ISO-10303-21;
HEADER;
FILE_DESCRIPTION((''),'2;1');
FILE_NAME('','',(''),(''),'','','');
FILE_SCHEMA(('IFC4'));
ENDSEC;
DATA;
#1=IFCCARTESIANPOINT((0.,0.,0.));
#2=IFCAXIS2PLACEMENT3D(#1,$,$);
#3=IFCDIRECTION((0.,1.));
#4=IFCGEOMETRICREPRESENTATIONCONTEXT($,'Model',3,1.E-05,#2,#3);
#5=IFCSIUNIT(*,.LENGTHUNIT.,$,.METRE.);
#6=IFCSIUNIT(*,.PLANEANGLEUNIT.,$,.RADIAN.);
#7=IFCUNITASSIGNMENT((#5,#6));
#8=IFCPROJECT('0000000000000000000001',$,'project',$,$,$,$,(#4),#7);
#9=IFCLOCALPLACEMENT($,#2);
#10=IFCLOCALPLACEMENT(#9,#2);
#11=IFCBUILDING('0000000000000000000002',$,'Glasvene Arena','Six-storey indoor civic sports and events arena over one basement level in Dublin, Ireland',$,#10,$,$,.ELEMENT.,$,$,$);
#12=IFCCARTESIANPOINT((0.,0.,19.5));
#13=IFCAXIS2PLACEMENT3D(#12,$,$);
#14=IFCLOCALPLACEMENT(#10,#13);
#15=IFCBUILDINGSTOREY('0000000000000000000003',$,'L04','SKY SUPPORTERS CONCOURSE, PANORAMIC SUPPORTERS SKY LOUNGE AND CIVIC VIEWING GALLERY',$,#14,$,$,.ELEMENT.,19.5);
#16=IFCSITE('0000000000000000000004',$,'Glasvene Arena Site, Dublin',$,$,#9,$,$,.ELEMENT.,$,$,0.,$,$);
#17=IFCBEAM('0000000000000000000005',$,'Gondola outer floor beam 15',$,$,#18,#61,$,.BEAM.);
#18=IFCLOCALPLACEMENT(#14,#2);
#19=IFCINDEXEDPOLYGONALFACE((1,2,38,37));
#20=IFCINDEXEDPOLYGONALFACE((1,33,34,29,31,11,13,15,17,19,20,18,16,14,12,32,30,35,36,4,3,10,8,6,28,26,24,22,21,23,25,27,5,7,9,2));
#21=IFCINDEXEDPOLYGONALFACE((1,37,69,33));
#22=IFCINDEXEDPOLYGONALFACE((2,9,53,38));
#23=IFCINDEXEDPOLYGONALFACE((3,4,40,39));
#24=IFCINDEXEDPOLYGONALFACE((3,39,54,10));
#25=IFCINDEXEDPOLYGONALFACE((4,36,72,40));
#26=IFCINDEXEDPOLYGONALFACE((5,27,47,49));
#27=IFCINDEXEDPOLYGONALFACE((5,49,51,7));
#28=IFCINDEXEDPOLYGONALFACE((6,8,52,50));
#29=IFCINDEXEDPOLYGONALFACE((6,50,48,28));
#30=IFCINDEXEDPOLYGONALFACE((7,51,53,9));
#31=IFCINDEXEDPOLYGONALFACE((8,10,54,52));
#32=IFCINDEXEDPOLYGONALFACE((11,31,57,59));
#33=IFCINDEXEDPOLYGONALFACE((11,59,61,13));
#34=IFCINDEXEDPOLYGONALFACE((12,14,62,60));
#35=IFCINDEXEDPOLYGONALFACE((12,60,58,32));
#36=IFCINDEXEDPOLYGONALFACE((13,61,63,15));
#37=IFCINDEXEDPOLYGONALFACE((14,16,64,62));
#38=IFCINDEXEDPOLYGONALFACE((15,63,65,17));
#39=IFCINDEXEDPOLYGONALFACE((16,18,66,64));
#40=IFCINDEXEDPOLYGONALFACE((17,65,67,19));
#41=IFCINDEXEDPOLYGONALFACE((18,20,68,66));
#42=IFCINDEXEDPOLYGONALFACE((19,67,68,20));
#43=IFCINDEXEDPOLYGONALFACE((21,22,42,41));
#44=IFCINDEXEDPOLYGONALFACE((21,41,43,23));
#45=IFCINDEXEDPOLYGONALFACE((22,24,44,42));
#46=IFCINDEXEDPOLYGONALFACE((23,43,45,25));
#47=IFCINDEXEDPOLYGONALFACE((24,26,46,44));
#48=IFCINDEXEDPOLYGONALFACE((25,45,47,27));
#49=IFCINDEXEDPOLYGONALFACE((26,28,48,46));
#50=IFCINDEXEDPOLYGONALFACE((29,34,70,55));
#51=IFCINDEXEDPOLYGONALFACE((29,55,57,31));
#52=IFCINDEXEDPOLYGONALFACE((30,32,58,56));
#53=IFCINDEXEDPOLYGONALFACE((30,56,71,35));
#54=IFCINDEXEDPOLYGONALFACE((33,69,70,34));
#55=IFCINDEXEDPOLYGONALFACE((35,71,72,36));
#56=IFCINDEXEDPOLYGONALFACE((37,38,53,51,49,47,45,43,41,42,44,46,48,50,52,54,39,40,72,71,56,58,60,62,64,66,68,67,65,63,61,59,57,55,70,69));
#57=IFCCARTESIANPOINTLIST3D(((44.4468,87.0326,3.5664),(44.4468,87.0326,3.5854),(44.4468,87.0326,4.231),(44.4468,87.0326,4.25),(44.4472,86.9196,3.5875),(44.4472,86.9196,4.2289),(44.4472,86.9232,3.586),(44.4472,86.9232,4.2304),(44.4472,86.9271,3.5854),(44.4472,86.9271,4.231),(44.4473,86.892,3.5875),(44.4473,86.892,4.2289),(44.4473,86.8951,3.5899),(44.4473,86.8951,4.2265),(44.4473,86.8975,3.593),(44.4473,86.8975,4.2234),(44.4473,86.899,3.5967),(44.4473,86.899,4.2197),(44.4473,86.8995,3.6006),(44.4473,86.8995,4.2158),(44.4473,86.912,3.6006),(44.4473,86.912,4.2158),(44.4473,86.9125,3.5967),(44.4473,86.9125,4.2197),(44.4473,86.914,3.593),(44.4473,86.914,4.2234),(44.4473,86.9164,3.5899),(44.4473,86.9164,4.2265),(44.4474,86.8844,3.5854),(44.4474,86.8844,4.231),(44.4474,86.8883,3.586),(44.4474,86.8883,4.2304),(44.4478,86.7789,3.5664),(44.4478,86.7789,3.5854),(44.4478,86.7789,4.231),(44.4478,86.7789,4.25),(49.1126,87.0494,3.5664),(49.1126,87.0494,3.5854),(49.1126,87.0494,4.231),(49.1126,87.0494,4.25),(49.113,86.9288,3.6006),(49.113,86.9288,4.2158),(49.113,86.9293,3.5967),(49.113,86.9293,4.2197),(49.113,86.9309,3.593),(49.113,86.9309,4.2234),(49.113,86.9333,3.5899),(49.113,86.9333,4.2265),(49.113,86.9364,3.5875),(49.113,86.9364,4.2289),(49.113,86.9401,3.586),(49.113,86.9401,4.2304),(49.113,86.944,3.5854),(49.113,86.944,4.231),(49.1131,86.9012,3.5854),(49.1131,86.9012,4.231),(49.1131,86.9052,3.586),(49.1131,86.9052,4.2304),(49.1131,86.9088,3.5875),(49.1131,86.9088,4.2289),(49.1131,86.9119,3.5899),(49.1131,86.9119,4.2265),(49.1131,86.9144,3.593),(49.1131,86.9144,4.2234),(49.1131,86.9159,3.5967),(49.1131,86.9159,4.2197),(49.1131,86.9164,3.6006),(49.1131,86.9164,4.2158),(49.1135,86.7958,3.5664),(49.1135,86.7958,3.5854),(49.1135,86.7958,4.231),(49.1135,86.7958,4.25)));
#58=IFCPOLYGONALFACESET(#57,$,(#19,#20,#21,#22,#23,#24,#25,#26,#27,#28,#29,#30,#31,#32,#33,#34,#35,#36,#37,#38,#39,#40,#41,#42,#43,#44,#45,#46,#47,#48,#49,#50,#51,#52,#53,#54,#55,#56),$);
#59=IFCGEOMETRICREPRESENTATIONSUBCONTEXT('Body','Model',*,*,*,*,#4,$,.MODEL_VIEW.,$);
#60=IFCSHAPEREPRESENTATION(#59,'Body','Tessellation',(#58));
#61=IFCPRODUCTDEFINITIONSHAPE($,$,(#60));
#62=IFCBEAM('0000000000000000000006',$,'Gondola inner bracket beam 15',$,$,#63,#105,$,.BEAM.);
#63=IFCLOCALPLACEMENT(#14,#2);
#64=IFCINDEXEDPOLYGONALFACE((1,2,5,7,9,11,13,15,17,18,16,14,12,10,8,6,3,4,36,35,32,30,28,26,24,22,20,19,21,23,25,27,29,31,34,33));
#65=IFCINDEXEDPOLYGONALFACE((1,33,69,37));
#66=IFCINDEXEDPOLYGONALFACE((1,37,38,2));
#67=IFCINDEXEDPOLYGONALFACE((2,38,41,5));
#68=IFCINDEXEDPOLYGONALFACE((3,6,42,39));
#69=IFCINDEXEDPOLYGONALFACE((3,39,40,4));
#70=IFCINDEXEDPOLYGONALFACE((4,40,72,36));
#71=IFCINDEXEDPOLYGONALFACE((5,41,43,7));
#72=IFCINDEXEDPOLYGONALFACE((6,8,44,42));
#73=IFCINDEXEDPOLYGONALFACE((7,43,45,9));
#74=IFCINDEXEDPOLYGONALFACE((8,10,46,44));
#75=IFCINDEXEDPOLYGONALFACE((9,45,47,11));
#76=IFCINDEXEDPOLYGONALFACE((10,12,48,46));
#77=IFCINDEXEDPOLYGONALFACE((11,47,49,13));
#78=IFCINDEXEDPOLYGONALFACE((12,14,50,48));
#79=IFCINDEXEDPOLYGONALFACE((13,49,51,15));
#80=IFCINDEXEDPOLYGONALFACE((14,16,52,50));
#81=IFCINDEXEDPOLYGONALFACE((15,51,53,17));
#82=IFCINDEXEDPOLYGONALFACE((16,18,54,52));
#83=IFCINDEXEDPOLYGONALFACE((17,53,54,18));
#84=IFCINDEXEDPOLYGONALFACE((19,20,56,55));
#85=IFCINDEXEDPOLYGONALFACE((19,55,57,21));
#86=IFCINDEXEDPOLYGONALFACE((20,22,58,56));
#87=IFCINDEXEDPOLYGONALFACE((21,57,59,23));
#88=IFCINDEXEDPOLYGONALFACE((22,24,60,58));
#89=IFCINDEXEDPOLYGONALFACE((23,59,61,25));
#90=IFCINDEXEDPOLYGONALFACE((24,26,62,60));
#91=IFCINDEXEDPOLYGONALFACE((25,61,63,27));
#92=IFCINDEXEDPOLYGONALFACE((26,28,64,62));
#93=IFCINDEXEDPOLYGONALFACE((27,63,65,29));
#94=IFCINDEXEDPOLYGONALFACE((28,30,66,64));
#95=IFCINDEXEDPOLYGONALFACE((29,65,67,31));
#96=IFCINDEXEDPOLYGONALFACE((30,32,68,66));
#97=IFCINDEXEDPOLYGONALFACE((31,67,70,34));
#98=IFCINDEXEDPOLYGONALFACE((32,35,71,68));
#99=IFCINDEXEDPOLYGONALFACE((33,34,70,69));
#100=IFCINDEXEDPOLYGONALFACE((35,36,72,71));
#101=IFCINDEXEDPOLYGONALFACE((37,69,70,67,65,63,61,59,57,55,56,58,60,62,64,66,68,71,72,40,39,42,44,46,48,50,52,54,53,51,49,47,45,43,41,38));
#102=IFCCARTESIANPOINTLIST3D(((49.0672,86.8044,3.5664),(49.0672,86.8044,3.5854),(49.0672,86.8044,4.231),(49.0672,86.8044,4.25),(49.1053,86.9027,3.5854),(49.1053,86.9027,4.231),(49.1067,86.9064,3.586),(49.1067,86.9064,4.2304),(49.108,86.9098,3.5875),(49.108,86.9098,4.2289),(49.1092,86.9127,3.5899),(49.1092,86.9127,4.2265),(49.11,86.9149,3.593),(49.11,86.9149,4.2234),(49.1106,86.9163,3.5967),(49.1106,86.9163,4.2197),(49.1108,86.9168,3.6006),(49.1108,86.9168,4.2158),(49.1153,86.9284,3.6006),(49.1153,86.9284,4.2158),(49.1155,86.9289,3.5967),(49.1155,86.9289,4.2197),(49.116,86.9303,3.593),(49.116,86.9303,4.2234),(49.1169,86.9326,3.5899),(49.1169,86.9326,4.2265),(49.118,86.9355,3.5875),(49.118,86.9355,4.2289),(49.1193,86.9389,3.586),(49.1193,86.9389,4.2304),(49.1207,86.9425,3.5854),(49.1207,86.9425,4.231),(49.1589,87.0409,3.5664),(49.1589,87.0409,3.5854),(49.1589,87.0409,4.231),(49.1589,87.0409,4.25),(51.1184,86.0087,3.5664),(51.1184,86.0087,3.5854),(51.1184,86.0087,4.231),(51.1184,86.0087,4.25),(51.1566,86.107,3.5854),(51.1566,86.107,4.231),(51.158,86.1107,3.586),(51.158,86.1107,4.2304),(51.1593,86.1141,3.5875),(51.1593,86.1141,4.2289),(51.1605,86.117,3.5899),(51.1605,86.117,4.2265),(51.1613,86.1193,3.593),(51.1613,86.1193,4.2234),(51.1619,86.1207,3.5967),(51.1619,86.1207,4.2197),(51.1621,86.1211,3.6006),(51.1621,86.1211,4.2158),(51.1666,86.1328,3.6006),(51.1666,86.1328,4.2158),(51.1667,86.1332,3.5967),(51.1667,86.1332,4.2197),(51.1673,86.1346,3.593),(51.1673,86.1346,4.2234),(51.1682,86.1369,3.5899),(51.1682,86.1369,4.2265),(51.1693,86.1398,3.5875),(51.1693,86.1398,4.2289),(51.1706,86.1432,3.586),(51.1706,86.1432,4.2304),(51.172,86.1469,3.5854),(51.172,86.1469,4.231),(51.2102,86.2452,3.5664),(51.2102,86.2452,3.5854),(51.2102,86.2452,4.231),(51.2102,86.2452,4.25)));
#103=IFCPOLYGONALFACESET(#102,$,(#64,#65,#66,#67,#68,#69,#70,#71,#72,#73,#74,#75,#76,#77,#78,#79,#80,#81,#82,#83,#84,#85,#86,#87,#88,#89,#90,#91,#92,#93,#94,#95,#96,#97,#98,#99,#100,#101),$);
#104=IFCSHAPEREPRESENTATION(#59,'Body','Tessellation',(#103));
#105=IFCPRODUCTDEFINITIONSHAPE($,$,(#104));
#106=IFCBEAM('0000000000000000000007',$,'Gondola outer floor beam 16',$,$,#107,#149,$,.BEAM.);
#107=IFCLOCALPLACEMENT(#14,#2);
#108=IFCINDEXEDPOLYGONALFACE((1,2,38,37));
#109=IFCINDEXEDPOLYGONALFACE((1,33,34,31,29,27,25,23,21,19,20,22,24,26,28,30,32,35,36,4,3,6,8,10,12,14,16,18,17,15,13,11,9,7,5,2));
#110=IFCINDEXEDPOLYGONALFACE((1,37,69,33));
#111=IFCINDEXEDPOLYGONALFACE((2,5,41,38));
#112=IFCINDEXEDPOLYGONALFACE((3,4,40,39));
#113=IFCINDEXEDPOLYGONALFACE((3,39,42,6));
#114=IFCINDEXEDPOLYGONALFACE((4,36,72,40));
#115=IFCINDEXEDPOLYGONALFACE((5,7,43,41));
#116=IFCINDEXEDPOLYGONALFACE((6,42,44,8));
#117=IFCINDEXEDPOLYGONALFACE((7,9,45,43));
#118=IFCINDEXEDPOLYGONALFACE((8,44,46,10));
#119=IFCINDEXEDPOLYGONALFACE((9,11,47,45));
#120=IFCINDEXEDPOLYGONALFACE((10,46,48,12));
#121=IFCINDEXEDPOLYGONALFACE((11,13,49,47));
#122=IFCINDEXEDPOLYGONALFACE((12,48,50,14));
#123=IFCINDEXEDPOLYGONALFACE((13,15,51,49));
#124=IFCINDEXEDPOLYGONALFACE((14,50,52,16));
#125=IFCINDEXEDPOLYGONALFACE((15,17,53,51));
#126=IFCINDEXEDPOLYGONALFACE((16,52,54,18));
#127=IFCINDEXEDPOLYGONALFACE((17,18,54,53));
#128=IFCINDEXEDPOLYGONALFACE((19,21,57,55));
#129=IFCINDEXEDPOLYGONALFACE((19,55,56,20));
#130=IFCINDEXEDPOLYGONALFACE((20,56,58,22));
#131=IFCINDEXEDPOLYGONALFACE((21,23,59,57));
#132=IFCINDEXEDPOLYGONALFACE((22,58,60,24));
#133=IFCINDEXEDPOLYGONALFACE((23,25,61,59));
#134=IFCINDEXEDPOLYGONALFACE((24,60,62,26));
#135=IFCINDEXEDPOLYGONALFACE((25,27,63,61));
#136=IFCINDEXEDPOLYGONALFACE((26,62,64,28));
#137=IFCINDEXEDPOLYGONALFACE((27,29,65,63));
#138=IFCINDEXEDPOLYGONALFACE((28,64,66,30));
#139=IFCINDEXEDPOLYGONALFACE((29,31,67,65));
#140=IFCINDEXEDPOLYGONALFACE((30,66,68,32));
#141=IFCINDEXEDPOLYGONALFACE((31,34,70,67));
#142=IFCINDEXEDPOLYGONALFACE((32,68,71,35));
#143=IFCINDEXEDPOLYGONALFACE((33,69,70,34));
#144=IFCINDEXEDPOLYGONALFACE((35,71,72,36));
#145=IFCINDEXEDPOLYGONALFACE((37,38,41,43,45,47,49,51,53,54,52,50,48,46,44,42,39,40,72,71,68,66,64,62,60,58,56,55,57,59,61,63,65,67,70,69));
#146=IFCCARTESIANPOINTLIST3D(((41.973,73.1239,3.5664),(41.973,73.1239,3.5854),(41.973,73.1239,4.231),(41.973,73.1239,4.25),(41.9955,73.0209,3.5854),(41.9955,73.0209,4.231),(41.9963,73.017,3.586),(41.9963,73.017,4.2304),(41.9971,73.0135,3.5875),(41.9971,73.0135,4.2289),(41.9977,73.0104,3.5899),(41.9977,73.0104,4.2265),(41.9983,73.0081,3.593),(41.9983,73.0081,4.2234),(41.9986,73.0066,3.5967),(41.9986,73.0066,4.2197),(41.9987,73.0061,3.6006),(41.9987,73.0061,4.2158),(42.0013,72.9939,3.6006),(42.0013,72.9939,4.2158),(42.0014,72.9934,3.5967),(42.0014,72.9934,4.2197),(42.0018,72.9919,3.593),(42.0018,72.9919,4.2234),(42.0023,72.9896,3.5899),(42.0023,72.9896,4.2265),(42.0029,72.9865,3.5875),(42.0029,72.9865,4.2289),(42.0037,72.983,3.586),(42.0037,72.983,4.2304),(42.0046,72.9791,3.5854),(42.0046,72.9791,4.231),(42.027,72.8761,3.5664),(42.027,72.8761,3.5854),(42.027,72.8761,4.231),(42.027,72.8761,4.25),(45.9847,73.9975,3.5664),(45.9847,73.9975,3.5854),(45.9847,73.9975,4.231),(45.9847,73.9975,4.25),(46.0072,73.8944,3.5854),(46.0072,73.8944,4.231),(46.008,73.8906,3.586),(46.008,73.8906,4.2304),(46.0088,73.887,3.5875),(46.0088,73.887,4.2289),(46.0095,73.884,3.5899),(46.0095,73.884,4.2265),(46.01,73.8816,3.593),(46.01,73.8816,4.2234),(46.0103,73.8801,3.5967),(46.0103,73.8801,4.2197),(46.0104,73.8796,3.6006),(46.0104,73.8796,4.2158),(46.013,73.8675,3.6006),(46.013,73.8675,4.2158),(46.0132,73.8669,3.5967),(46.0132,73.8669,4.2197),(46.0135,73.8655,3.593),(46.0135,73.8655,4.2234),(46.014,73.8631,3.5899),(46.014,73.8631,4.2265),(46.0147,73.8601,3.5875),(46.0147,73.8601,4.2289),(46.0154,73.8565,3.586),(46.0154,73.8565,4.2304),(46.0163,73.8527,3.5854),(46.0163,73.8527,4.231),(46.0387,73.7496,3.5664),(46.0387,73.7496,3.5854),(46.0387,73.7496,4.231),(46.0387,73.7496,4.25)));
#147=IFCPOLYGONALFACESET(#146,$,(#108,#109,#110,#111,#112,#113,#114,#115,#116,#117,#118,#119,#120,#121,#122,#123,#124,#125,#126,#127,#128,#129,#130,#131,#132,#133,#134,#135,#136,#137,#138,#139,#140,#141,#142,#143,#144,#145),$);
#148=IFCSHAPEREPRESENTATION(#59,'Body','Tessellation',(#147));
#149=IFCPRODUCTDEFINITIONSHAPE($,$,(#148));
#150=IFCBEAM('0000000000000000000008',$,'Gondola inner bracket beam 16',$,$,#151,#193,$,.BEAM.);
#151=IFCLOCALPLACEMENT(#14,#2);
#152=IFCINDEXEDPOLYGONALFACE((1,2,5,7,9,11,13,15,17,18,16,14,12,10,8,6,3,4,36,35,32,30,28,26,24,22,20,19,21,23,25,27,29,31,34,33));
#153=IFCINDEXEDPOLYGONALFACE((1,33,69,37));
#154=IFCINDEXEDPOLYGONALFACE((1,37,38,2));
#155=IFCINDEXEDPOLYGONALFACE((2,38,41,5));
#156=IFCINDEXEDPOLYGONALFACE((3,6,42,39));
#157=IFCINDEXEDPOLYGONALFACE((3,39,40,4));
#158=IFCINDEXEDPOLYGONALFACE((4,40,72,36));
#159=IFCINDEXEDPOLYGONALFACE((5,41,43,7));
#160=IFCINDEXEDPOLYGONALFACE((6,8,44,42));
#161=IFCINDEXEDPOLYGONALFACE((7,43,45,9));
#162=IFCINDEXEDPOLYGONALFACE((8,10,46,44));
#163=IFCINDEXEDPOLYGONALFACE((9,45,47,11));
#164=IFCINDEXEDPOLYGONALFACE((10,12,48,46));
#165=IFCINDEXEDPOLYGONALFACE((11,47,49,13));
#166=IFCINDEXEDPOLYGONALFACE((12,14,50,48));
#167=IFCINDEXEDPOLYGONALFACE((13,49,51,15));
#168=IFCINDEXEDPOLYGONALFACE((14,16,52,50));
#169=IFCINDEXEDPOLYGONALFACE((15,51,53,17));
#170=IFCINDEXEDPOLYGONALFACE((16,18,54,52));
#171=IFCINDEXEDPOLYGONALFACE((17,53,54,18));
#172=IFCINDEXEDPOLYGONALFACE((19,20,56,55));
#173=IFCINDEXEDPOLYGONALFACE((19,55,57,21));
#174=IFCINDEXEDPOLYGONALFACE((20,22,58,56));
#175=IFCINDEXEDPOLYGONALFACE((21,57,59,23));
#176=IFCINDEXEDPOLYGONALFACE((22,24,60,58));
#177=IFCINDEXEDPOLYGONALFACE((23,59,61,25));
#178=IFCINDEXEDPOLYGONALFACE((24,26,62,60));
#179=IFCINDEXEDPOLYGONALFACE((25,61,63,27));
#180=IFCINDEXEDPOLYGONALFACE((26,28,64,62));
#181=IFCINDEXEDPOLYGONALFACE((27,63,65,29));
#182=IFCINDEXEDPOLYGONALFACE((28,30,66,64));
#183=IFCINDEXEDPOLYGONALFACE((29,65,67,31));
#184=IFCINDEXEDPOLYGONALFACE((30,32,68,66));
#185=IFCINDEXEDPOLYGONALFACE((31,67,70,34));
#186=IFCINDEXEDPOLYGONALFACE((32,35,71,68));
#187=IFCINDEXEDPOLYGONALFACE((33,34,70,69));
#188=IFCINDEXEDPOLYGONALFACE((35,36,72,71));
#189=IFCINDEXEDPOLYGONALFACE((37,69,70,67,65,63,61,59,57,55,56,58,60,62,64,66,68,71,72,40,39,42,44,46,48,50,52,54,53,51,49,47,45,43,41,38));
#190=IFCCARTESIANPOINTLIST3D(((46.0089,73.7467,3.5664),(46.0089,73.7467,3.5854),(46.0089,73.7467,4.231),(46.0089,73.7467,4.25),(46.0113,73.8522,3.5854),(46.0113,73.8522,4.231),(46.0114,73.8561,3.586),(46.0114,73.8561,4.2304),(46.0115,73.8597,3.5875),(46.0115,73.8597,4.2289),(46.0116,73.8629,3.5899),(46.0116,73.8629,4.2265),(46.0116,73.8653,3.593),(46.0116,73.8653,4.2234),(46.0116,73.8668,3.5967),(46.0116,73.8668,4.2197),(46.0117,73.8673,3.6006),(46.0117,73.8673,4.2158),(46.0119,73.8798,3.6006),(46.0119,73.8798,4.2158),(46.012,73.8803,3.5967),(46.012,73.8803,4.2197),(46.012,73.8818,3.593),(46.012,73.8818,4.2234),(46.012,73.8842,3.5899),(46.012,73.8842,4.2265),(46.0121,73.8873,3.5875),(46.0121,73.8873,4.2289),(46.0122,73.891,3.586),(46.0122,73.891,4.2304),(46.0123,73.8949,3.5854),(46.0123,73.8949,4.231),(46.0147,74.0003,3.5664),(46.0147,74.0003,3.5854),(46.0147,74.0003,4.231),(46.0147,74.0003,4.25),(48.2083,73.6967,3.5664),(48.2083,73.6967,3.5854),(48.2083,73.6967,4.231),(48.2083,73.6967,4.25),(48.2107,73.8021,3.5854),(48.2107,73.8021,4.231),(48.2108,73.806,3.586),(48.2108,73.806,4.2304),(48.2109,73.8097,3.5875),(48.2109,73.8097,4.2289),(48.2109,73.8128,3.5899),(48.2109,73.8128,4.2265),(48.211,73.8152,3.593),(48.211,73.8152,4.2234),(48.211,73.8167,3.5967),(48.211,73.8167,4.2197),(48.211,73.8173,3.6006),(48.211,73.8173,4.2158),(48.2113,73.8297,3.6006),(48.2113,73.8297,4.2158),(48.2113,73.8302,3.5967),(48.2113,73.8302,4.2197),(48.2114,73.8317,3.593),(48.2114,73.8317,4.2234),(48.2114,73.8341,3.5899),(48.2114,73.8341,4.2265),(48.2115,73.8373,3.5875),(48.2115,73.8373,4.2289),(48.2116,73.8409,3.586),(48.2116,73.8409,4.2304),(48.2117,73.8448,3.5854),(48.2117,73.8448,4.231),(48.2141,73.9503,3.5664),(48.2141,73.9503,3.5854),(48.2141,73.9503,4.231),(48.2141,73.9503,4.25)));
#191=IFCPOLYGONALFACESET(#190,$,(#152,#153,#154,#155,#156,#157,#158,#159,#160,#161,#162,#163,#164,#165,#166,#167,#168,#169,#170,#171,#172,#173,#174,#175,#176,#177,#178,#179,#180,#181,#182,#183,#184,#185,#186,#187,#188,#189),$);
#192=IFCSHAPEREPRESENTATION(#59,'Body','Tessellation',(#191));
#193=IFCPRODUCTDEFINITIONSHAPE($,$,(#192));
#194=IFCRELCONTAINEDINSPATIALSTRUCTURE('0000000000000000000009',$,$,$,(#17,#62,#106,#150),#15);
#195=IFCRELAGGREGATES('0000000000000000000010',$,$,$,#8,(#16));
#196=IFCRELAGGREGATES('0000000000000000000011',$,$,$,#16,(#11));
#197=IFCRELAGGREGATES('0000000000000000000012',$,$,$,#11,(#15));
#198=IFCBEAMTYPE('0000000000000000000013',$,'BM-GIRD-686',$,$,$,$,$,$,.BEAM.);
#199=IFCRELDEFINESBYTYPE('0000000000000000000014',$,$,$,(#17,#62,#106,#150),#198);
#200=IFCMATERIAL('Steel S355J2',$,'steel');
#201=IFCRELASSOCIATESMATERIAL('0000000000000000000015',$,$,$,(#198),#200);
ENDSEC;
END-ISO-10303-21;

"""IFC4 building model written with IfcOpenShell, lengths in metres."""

from ifc_helpers import new_model, si_unit, direction, frame, origin, origin_2d, place, context, subcontext, project, spatial, i_section, extrude, material, material_profile, profile_set, type_object, element, save


model = new_model("IFC4")

# Units and contexts
model_context = context("Model", 3, precision=1e-05, world=origin(), true_north=direction((0.0, 1.0)))
body_context = subcontext(model_context, "Body", "Model", "MODEL_VIEW")
ifc_project = project(units=[si_unit("LENGTHUNIT", "METRE"), si_unit("PLANEANGLEUNIT", "RADIAN")], contexts=[model_context])

# Site, building, storey
site_placement = place(None, origin())
site = spatial("IfcSite", under=ifc_project, at=site_placement, Name="Glasvene Arena Site, Dublin", CompositionType="ELEMENT", RefElevation=0.0)
building_placement = place(site_placement, origin())
building = spatial("IfcBuilding", under=site, at=building_placement, Name="Glasvene Arena", Description="Six-storey indoor civic sports and events arena over one basement level in Dublin, Ireland", CompositionType="ELEMENT")
storey_placement = place(building_placement, frame((0.0, 0.0, 19.5)))
storey = spatial("IfcBuildingStorey", under=building, at=storey_placement, Name="L04", Description="SKY SUPPORTERS CONCOURSE, PANORAMIC SUPPORTERS SKY LOUNGE AND CIVIC VIEWING GALLERY", CompositionType="ELEMENT", Elevation=19.5)

# Shared definitions
ifc_material_1 = material(Name="Steel S355J2", Category="steel")

# Beams
ifc_material_profile_1 = material_profile(ifc_material_1, i_section(OverallWidth=0.2537, OverallDepth=0.6836, WebThickness=0.0125, FlangeThickness=0.019, FilletRadius=0.0151, at=origin_2d()), Name="UKB 686x254x140")
ifc_profile_set_1 = profile_set([ifc_material_profile_1], Name="Steel S355J2")
beam_type_1 = type_object("IfcBeamType", Name="BM-GIRD-686", PredefinedType="BEAM", material=ifc_profile_set_1)
beam_1_placement = place(storey_placement, frame((49.113, 86.9226, 3.9082), z_axis=(-0.999993, -0.00361, 0.0), x_axis=(0.00361, -0.999993, 0.0)))
element("IfcBeam", 1, at=beam_1_placement, inside=storey, type_object=beam_type_1, Name="Gondola outer floor beam 15", PredefinedType="BEAM", context=body_context, shape_type="SweptSolid", body=[
    extrude(i_section(OverallWidth=0.2537, OverallDepth=0.6836, WebThickness=0.0125, FlangeThickness=0.019, FilletRadius=0.0151, at=origin_2d()), origin(), (0.0, 0.0, 1.0), 4.6658),
])
beam_2_placement = place(storey_placement, frame((51.1643, 86.127, 3.9082), z_axis=(-0.932321, 0.361632, 0.0), x_axis=(-0.361632, -0.932321, 0.0)))
element("IfcBeam", 2, at=beam_2_placement, inside=storey, type_object=beam_type_1, Name="Gondola inner bracket beam 15", PredefinedType="BEAM", context=body_context, shape_type="SweptSolid", body=[
    extrude(i_section(OverallWidth=0.2537, OverallDepth=0.6836, WebThickness=0.0125, FlangeThickness=0.019, FilletRadius=0.0151, at=origin_2d()), origin(), (0.0, 0.0, 1.0), 2.2002),
])
beam_3_placement = place(storey_placement, frame((46.0117, 73.8735, 3.9082), z_axis=(-0.977104, -0.21276, 0.0), x_axis=(0.21276, -0.977104, 0.0)))
element("IfcBeam", 3, at=beam_3_placement, inside=storey, type_object=beam_type_1, Name="Gondola outer floor beam 16", PredefinedType="BEAM", context=body_context, shape_type="SweptSolid", body=[
    extrude(i_section(OverallWidth=0.2537, OverallDepth=0.6836, WebThickness=0.0125, FlangeThickness=0.019, FilletRadius=0.0151, at=origin_2d()), origin(), (0.0, 0.0, 1.0), 4.1057),
])
beam_4_placement = place(storey_placement, frame((48.2112, 73.8235, 3.9082), z_axis=(-0.999741, 0.022749, 0.0), x_axis=(-0.022749, -0.999741, 0.0)))
element("IfcBeam", 4, at=beam_4_placement, inside=storey, type_object=beam_type_1, Name="Gondola inner bracket beam 16", PredefinedType="BEAM", context=body_context, shape_type="SweptSolid", body=[
    extrude(i_section(OverallWidth=0.2537, OverallDepth=0.6836, WebThickness=0.0125, FlangeThickness=0.019, FilletRadius=0.0151, at=origin_2d()), origin(), (0.0, 0.0, 1.0), 2.2),
])

save(model, "model.ifc")
